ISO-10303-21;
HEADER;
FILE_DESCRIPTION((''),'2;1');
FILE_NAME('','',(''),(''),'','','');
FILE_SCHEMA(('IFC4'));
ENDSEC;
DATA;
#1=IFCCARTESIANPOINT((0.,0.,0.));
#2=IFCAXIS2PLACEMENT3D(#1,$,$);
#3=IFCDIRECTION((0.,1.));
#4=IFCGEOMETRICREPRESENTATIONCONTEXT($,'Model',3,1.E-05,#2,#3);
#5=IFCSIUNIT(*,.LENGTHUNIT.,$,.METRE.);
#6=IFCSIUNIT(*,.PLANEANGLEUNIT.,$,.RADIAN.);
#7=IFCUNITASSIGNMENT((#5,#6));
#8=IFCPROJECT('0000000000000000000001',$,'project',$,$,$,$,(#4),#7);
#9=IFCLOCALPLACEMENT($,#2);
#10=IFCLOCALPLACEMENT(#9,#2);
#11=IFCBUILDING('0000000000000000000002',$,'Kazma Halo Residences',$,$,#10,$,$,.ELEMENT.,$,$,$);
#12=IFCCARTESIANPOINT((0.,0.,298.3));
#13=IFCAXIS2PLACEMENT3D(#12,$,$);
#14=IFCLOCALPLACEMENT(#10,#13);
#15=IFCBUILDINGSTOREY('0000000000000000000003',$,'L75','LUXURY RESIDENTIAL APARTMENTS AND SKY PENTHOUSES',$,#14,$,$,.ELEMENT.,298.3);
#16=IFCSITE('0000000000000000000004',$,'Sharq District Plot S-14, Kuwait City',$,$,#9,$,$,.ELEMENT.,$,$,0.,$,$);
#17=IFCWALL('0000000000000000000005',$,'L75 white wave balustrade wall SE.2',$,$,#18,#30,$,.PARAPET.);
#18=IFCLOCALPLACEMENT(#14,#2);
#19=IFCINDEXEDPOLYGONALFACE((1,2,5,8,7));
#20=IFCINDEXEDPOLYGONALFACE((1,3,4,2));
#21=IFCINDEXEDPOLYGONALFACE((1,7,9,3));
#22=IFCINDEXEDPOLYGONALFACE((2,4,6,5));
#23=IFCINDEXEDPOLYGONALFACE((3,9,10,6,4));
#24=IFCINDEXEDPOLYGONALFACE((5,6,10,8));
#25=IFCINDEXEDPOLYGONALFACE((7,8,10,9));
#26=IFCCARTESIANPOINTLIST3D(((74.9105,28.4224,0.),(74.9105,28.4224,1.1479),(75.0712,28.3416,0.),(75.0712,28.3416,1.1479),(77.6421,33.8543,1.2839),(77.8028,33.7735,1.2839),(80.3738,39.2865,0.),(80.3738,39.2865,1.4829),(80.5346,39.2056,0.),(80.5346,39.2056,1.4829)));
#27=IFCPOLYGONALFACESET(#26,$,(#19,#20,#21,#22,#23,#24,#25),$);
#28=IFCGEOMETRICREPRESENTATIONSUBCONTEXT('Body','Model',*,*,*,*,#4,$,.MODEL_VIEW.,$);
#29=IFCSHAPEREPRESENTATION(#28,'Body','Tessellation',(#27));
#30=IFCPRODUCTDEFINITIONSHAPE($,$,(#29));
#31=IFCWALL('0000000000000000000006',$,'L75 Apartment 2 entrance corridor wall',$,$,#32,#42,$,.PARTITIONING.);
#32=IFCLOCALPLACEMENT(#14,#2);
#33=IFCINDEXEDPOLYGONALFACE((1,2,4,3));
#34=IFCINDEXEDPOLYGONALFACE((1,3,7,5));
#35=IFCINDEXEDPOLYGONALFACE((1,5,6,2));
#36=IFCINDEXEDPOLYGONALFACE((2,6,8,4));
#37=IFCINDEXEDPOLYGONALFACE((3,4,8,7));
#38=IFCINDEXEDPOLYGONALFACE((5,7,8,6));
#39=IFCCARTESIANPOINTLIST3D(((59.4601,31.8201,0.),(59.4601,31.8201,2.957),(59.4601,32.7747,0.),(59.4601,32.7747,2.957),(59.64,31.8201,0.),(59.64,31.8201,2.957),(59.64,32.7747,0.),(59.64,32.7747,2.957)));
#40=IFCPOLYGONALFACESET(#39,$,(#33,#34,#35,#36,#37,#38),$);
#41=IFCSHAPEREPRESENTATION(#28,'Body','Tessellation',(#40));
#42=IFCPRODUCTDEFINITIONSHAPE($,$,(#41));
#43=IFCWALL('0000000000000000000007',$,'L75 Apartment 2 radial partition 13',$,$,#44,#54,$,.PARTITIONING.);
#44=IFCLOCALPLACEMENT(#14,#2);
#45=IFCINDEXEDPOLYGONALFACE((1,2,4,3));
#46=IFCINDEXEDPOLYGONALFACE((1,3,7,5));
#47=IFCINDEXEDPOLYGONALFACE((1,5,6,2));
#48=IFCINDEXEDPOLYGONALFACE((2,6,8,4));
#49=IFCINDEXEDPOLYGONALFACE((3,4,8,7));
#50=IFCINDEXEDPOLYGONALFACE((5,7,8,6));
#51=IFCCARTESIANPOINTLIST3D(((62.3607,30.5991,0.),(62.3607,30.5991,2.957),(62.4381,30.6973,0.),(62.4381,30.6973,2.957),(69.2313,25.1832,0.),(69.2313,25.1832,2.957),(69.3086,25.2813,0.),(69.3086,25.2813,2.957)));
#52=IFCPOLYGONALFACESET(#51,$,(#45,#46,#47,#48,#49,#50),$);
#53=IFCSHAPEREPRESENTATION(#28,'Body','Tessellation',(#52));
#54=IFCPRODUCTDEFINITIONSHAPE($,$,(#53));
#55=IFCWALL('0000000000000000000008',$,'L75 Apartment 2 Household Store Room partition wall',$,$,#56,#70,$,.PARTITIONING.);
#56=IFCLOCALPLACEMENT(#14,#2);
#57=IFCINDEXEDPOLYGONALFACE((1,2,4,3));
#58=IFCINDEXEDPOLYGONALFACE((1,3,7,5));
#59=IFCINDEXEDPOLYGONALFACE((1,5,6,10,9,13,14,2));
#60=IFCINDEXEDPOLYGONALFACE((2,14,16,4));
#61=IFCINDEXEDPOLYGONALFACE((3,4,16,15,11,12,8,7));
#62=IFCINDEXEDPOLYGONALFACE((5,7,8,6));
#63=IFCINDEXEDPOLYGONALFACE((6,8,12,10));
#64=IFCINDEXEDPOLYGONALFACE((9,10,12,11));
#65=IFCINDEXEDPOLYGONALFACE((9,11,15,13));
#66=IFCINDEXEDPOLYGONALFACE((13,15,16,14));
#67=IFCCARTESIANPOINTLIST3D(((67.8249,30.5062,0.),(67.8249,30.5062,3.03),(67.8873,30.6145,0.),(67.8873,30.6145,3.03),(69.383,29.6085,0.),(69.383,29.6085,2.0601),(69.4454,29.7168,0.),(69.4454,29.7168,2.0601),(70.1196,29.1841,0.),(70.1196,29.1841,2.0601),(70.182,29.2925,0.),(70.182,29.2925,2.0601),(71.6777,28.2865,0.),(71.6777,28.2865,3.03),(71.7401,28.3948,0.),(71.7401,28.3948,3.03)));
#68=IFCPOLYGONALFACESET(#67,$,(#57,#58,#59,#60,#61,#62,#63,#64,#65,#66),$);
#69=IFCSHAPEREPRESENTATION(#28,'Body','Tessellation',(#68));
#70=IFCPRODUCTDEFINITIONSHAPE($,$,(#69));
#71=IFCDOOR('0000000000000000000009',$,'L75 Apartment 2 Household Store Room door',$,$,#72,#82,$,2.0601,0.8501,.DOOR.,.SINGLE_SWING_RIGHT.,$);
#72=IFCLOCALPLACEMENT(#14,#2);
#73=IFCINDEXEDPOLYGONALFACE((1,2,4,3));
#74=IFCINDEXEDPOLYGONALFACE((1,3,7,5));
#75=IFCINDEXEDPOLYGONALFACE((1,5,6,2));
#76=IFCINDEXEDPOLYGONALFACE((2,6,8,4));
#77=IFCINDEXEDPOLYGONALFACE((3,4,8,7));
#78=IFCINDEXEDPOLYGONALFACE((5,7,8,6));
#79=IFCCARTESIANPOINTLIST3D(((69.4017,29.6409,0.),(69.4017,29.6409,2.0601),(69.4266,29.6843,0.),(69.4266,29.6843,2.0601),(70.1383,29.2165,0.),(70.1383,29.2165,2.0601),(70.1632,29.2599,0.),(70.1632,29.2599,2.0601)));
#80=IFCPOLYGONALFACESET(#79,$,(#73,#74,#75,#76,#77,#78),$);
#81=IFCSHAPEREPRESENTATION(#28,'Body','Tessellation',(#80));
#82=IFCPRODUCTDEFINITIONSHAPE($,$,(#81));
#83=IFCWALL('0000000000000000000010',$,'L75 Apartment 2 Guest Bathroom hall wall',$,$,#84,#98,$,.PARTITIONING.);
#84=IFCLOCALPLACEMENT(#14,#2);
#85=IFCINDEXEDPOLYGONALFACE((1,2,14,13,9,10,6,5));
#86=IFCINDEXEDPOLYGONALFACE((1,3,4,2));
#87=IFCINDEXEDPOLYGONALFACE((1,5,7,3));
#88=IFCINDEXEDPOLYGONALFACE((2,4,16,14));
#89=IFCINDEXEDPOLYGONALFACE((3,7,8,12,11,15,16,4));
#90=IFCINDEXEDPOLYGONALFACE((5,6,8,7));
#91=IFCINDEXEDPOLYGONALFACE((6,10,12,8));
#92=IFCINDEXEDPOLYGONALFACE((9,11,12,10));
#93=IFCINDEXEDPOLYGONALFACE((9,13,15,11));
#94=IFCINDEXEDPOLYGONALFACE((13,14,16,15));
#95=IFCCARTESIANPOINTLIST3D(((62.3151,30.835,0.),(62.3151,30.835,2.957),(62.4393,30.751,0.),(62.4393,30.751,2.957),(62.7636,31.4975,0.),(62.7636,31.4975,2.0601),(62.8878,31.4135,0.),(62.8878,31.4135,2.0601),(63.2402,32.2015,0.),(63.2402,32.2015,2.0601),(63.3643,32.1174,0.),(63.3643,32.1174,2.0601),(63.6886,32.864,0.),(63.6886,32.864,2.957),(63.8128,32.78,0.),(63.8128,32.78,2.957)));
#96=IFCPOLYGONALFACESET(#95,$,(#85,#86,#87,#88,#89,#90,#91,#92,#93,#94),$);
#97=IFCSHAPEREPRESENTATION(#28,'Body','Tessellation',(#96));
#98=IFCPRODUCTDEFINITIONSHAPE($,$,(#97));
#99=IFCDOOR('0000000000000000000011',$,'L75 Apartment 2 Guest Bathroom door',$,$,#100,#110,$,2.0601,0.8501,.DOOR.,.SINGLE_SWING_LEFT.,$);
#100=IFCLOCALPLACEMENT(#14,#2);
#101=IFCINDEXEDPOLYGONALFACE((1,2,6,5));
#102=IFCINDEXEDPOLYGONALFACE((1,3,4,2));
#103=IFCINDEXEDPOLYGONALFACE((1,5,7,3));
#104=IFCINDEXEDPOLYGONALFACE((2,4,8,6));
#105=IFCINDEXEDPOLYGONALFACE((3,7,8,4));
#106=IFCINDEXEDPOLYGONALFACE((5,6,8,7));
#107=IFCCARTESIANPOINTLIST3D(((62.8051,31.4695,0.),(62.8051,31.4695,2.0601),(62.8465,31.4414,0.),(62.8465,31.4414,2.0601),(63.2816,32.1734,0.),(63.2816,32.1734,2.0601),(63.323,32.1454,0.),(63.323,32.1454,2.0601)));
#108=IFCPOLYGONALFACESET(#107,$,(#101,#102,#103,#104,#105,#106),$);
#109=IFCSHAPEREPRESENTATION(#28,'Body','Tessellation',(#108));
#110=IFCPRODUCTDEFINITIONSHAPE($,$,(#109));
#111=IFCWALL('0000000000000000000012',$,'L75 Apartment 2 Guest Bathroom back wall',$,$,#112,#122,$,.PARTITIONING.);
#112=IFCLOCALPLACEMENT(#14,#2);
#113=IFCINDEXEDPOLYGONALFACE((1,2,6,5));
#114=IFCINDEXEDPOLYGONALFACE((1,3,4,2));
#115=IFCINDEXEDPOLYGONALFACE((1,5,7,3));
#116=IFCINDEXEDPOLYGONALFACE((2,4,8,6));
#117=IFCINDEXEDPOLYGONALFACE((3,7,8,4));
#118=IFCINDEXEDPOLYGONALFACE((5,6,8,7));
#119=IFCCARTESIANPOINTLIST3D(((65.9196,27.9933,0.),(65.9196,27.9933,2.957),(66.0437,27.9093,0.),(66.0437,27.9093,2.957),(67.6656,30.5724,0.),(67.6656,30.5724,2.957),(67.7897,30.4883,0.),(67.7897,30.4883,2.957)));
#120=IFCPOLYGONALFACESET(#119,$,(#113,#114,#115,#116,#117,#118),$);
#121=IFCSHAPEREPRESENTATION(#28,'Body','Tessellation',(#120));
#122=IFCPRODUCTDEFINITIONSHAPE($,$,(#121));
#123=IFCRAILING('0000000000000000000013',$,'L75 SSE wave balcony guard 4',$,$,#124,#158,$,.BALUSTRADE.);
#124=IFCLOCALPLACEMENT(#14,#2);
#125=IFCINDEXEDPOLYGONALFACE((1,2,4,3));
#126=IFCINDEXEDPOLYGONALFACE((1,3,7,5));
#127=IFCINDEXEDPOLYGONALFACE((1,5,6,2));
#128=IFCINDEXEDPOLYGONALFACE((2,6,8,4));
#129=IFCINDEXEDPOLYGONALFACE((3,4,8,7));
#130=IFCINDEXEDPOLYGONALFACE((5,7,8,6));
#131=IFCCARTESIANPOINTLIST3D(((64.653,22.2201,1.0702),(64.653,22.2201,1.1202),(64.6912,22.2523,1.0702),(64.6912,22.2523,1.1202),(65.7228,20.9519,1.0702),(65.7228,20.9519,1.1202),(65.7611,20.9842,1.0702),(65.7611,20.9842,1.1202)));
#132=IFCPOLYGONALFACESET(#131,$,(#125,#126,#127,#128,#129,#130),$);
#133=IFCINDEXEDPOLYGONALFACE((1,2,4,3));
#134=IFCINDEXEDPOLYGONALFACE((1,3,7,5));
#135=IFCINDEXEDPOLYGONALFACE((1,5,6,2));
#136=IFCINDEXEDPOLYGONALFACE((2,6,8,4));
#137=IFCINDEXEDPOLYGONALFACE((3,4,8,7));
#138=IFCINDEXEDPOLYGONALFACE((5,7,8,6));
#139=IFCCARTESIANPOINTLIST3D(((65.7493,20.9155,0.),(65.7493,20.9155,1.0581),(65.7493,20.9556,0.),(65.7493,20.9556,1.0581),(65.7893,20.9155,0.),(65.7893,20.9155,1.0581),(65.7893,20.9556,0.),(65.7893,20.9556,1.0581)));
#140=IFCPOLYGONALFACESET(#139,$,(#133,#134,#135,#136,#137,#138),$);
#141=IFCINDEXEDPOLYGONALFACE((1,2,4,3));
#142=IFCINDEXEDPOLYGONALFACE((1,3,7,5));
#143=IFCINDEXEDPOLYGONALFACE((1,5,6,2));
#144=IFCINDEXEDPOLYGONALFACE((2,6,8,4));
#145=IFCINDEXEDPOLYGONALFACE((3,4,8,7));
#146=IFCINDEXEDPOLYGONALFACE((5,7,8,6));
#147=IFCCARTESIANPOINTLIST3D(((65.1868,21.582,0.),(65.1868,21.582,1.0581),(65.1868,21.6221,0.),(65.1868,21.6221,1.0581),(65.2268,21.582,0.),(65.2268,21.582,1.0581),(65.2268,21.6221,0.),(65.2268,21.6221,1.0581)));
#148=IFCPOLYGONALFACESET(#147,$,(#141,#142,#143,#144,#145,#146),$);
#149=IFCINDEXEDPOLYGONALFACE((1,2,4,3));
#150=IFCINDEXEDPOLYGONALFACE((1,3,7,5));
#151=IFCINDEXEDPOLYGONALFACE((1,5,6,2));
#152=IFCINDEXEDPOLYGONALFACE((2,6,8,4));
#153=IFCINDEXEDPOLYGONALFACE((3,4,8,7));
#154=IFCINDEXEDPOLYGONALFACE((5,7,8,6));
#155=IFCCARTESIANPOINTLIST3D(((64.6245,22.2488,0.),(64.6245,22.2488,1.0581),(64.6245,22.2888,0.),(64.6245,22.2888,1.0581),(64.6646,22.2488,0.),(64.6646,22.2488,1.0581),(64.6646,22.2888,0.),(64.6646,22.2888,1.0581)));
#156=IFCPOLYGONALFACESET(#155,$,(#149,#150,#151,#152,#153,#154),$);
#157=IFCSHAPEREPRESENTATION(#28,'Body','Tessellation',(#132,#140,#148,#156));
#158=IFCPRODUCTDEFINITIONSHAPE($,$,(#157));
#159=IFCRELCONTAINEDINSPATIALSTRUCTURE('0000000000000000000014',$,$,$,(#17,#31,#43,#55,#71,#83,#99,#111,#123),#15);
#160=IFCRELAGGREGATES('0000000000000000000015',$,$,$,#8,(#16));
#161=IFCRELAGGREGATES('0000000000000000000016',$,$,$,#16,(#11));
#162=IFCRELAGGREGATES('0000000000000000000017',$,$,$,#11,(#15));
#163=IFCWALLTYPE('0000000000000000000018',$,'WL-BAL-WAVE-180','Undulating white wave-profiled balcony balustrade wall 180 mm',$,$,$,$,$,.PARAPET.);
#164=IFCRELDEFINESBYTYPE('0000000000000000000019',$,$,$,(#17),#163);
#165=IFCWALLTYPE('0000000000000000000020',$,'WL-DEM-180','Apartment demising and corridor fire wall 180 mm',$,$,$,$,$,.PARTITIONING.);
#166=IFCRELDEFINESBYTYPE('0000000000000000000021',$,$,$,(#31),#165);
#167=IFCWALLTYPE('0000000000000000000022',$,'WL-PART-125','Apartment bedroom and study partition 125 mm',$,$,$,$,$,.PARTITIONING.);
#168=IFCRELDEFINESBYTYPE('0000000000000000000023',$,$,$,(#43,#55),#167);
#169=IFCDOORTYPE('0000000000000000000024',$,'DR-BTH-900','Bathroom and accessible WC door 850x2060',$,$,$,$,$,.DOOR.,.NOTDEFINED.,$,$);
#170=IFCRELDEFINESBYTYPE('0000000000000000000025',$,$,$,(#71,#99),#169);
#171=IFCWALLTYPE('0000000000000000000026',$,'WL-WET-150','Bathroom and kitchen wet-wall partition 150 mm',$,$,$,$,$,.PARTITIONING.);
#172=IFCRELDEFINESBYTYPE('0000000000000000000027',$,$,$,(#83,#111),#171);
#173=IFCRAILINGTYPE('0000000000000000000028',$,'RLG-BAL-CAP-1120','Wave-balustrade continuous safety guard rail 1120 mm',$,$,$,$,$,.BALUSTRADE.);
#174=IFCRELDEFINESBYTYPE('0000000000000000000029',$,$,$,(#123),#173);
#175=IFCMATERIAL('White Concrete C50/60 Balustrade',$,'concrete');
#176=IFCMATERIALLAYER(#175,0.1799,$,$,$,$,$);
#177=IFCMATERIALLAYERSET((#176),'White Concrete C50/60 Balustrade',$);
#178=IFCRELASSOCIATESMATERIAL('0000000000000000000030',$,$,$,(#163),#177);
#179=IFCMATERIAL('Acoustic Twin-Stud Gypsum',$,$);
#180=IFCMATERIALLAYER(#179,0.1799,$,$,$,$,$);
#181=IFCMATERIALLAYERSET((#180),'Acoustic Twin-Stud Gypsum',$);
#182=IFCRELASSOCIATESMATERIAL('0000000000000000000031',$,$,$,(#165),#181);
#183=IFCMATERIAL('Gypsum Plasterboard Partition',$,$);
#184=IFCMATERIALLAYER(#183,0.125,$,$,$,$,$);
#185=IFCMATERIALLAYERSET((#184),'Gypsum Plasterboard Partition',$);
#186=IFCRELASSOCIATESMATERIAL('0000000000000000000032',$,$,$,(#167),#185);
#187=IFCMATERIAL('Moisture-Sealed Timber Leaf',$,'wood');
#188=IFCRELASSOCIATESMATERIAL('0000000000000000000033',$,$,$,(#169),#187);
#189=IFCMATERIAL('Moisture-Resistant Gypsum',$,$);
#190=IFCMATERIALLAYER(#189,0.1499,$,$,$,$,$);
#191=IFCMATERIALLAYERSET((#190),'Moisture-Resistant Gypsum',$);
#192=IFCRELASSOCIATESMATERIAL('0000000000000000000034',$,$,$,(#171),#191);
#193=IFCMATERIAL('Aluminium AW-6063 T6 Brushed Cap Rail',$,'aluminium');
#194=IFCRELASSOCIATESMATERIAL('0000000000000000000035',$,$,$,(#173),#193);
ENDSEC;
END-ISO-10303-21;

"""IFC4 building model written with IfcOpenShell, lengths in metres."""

from ifc_helpers import new_model, si_unit, direction, frame, frame_2d, origin, origin_2d, place, context, subcontext, project, spatial, polyline, rectangle, outline, extrude, material, layer, layer_set, type_object, element, fill, save


model = new_model("IFC4")

# Units and contexts
model_context = context("Model", 3, precision=1e-05, world=origin(), true_north=direction((0.0, 1.0)))
body_context = subcontext(model_context, "Body", "Model", "MODEL_VIEW")
ifc_project = project(units=[si_unit("LENGTHUNIT", "METRE"), si_unit("PLANEANGLEUNIT", "RADIAN")], contexts=[model_context])

# Site, building, storey
site_placement = place(None, origin())
site = spatial("IfcSite", under=ifc_project, at=site_placement, Name="Sharq District Plot S-14, Kuwait City", CompositionType="ELEMENT", RefElevation=0.0)
building_placement = place(site_placement, origin())
building = spatial("IfcBuilding", under=site, at=building_placement, Name="Kazma Halo Residences", CompositionType="ELEMENT")
storey_placement = place(building_placement, frame((0.0, 0.0, 298.3)))
storey = spatial("IfcBuildingStorey", under=building, at=storey_placement, Name="L75", Description="LUXURY RESIDENTIAL APARTMENTS AND SKY PENTHOUSES", CompositionType="ELEMENT", Elevation=298.3)

# Walls
ifc_material_1 = material(Name="White Concrete C50/60 Balustrade", Category="concrete")
ifc_layer_1 = layer(ifc_material_1, 0.1799)
ifc_layer_set_1 = layer_set([ifc_layer_1], Name="White Concrete C50/60 Balustrade")
wall_type_1 = type_object("IfcWallType", Name="WL-BAL-WAVE-180", Description="Undulating white wave-profiled balcony balustrade wall 180 mm", PredefinedType="PARAPET", material=ifc_layer_set_1)
wall_1_placement = place(storey_placement, frame((74.9907, 28.3821, 0.0), z_axis=(0.0, 0.0, 1.0), x_axis=(0.449276, 0.893393, 0.0)))
element("IfcWall", 1, at=wall_1_placement, inside=storey, type_object=wall_type_1, Name="L75 white wave balustrade wall SE.2", PredefinedType="PARAPET", context=body_context, shape_type="SweptSolid", body=[
    extrude(outline(polyline([(0.0, 0.0), (12.1604, 0.0), (12.1604, 1.4829), (6.0801, 1.2839), (0.0, 1.1479), (0.0, 0.0)])), frame((0.0, 0.0898, 0.0), z_axis=(0.0, -1.0, 0.0), x_axis=(1.0, 0.0, 0.0)), (0.0, 0.0, 1.0), 0.1799),
])
ifc_material_2 = material(Name="Acoustic Twin-Stud Gypsum")
ifc_layer_2 = layer(ifc_material_2, 0.1799)
ifc_layer_set_2 = layer_set([ifc_layer_2], Name="Acoustic Twin-Stud Gypsum")
wall_type_2 = type_object("IfcWallType", Name="WL-DEM-180", Description="Apartment demising and corridor fire wall 180 mm", PredefinedType="PARTITIONING", material=ifc_layer_set_2)
wall_2_placement = place(storey_placement, frame((59.55, 31.8201, 0.0), z_axis=(0.0, 0.0, 1.0), x_axis=(0.0, 1.0, 0.0)))
element("IfcWall", 2, at=wall_2_placement, inside=storey, type_object=wall_type_2, Name="L75 Apartment 2 entrance corridor wall", PredefinedType="PARTITIONING", context=body_context, shape_type="SweptSolid", body=[
    extrude(rectangle(XDim=0.9546, YDim=0.1799, at=frame_2d((0.4773, 0.0))), origin(), (0.0, 0.0, 1.0), 2.957),
])

# Wall
ifc_material_3 = material(Name="Gypsum Plasterboard Partition")
ifc_layer_3 = layer(ifc_material_3, 0.125)
ifc_layer_set_3 = layer_set([ifc_layer_3], Name="Gypsum Plasterboard Partition")
wall_type_3 = type_object("IfcWallType", Name="WL-PART-125", Description="Apartment bedroom and study partition 125 mm", PredefinedType="PARTITIONING", material=ifc_layer_set_3)
wall_3_placement = place(storey_placement, frame((62.3994, 30.6482, 0.0), z_axis=(0.0, 0.0, 1.0), x_axis=(0.785335, -0.61907, 0.0)))
element("IfcWall", 3, at=wall_3_placement, inside=storey, type_object=wall_type_3, Name="L75 Apartment 2 radial partition 13", PredefinedType="PARTITIONING", context=body_context, shape_type="SweptSolid", body=[
    extrude(rectangle(XDim=8.7485, YDim=0.125, at=frame_2d((4.3743, 0.0))), origin(), (0.0, 0.0, 1.0), 2.957),
])

# Walls, openings, doors
wall_4_placement = place(storey_placement, frame((67.8562, 30.5603, 0.0), z_axis=(0.0, 0.0, 1.0), x_axis=(0.866481, -0.499211, 0.0)))
wall_4 = element("IfcWall", 4, at=wall_4_placement, inside=storey, type_object=wall_type_3, Name="L75 Apartment 2 Household Store Room partition wall", PredefinedType="PARTITIONING", context=body_context, shape_type="SweptSolid", body=[
    extrude(rectangle(XDim=4.4465, YDim=0.125, at=frame_2d((2.2231, 0.0))), origin(), (0.0, 0.0, 1.0), 3.03),
])
opening_1_placement = place(wall_4_placement, frame((1.7981, 0.0, 0.0)))
opening_1 = element("IfcOpeningElement", 5, at=opening_1_placement, cuts=wall_4, PredefinedType="OPENING", context=body_context, shape_type="SweptSolid", body=[
    extrude(rectangle(XDim=0.8501, YDim=2.0601, at=frame_2d((0.425, 1.03))), frame((0.0, 0.0725, 0.0), z_axis=(0.0, -1.0, 0.0), x_axis=(1.0, 0.0, 0.0)), (0.0, 0.0, 1.0), 0.145),
])
ifc_material_4 = material(Name="Moisture-Sealed Timber Leaf", Category="wood")
door_type_1 = type_object("IfcDoorType", Name="DR-BTH-900", Description="Bathroom and accessible WC door 850x2060", OperationType="NOTDEFINED", PredefinedType="DOOR", material=ifc_material_4)
door_1_placement = place(opening_1_placement, origin())
door_1 = element("IfcDoor", 6, at=door_1_placement, inside=storey, type_object=door_type_1, Name="L75 Apartment 2 Household Store Room door", OperationType="SINGLE_SWING_RIGHT", OverallHeight=2.0601, OverallWidth=0.8501, PredefinedType="DOOR", context=body_context, shape_type="SweptSolid", body=[
    extrude(rectangle(XDim=0.8501, YDim=2.0601, at=frame_2d((0.425, 1.03))), frame((0.0, 0.0249, 0.0), z_axis=(0.0, -1.0, 0.0), x_axis=(1.0, 0.0, 0.0)), (0.0, 0.0, 1.0), 0.05),
])
fill(opening_1, door_1)
ifc_material_5 = material(Name="Moisture-Resistant Gypsum")
ifc_layer_4 = layer(ifc_material_5, 0.1499)
ifc_layer_set_4 = layer_set([ifc_layer_4], Name="Moisture-Resistant Gypsum")
wall_type_4 = type_object("IfcWallType", Name="WL-WET-150", Description="Bathroom and kitchen wet-wall partition 150 mm", PredefinedType="PARTITIONING", material=ifc_layer_set_4)
wall_5_placement = place(storey_placement, frame((62.3772, 30.793, 0.0), z_axis=(0.0, 0.0, 1.0), x_axis=(0.560573, 0.828105, 0.0)))
wall_5 = element("IfcWall", 7, at=wall_5_placement, inside=storey, type_object=wall_type_4, Name="L75 Apartment 2 Guest Bathroom hall wall", PredefinedType="PARTITIONING", context=body_context, shape_type="SweptSolid", body=[
    extrude(rectangle(XDim=2.4502, YDim=0.1499, at=frame_2d((1.2251, 0.0))), origin(), (0.0, 0.0, 1.0), 2.957),
])
opening_2_placement = place(wall_5_placement, frame((0.8, 0.0, 0.0)))
opening_2 = element("IfcOpeningElement", 8, at=opening_2_placement, cuts=wall_5, PredefinedType="OPENING", context=body_context, shape_type="SweptSolid", body=[
    extrude(rectangle(XDim=0.8501, YDim=2.0601, at=frame_2d((0.425, 1.03))), frame((0.0, 0.085, 0.0), z_axis=(0.0, -1.0, 0.0), x_axis=(1.0, 0.0, 0.0)), (0.0, 0.0, 1.0), 0.1699),
])
door_2_placement = place(opening_2_placement, origin())
door_2 = element("IfcDoor", 9, at=door_2_placement, inside=storey, type_object=door_type_1, Name="L75 Apartment 2 Guest Bathroom door", OperationType="SINGLE_SWING_LEFT", OverallHeight=2.0601, OverallWidth=0.8501, PredefinedType="DOOR", context=body_context, shape_type="SweptSolid", body=[
    extrude(rectangle(XDim=0.8501, YDim=2.0601, at=frame_2d((0.425, 1.03))), frame((0.0, 0.0249, 0.0), z_axis=(0.0, -1.0, 0.0), x_axis=(1.0, 0.0, 0.0)), (0.0, 0.0, 1.0), 0.05),
])
fill(opening_2, door_2)

# Wall
wall_6_placement = place(storey_placement, frame((65.9817, 27.9514, 0.0), z_axis=(0.0, 0.0, 1.0), x_axis=(0.560619, 0.828074, 0.0)))
element("IfcWall", 10, at=wall_6_placement, inside=storey, type_object=wall_type_4, Name="L75 Apartment 2 Guest Bathroom back wall", PredefinedType="PARTITIONING", context=body_context, shape_type="SweptSolid", body=[
    extrude(rectangle(XDim=3.1145, YDim=0.1499, at=frame_2d((1.5571, 0.0))), origin(), (0.0, 0.0, 1.0), 2.957),
])

# Railing
ifc_material_6 = material(Name="Aluminium AW-6063 T6 Brushed Cap Rail", Category="aluminium")
railing_type = type_object("IfcRailingType", Name="RLG-BAL-CAP-1120", Description="Wave-balustrade continuous safety guard rail 1120 mm", PredefinedType="BALUSTRADE", material=ifc_material_6)
railing_1_placement = place(storey_placement, frame((65.7693, 20.9355, 0.0)))
element("IfcRailing", 11, at=railing_1_placement, inside=storey, type_object=railing_type, Name="L75 SSE wave balcony guard 4", PredefinedType="BALUSTRADE", context=body_context, shape_type="SweptSolid", body=[
    extrude(rectangle(XDim=0.05, YDim=0.05, at=origin_2d()), frame((-0.0273, 0.0325, 1.0952), z_axis=(-0.644812, 0.764341, 0.0), x_axis=(-0.764341, -0.644812, 0.0)), (0.0, 0.0, 1.0), 1.6592),
    extrude(rectangle(XDim=0.04, YDim=0.04, at=origin_2d()), origin(), (0.0, 0.0, 1.0), 1.0581),
    extrude(rectangle(XDim=0.04, YDim=0.04, at=origin_2d()), frame((-0.5625, 0.6665, 0.0)), (0.0, 0.0, 1.0), 1.0581),
    extrude(rectangle(XDim=0.04, YDim=0.04, at=origin_2d()), frame((-1.1248, 1.3333, 0.0)), (0.0, 0.0, 1.0), 1.0581),
])

save(model, "model.ifc")
